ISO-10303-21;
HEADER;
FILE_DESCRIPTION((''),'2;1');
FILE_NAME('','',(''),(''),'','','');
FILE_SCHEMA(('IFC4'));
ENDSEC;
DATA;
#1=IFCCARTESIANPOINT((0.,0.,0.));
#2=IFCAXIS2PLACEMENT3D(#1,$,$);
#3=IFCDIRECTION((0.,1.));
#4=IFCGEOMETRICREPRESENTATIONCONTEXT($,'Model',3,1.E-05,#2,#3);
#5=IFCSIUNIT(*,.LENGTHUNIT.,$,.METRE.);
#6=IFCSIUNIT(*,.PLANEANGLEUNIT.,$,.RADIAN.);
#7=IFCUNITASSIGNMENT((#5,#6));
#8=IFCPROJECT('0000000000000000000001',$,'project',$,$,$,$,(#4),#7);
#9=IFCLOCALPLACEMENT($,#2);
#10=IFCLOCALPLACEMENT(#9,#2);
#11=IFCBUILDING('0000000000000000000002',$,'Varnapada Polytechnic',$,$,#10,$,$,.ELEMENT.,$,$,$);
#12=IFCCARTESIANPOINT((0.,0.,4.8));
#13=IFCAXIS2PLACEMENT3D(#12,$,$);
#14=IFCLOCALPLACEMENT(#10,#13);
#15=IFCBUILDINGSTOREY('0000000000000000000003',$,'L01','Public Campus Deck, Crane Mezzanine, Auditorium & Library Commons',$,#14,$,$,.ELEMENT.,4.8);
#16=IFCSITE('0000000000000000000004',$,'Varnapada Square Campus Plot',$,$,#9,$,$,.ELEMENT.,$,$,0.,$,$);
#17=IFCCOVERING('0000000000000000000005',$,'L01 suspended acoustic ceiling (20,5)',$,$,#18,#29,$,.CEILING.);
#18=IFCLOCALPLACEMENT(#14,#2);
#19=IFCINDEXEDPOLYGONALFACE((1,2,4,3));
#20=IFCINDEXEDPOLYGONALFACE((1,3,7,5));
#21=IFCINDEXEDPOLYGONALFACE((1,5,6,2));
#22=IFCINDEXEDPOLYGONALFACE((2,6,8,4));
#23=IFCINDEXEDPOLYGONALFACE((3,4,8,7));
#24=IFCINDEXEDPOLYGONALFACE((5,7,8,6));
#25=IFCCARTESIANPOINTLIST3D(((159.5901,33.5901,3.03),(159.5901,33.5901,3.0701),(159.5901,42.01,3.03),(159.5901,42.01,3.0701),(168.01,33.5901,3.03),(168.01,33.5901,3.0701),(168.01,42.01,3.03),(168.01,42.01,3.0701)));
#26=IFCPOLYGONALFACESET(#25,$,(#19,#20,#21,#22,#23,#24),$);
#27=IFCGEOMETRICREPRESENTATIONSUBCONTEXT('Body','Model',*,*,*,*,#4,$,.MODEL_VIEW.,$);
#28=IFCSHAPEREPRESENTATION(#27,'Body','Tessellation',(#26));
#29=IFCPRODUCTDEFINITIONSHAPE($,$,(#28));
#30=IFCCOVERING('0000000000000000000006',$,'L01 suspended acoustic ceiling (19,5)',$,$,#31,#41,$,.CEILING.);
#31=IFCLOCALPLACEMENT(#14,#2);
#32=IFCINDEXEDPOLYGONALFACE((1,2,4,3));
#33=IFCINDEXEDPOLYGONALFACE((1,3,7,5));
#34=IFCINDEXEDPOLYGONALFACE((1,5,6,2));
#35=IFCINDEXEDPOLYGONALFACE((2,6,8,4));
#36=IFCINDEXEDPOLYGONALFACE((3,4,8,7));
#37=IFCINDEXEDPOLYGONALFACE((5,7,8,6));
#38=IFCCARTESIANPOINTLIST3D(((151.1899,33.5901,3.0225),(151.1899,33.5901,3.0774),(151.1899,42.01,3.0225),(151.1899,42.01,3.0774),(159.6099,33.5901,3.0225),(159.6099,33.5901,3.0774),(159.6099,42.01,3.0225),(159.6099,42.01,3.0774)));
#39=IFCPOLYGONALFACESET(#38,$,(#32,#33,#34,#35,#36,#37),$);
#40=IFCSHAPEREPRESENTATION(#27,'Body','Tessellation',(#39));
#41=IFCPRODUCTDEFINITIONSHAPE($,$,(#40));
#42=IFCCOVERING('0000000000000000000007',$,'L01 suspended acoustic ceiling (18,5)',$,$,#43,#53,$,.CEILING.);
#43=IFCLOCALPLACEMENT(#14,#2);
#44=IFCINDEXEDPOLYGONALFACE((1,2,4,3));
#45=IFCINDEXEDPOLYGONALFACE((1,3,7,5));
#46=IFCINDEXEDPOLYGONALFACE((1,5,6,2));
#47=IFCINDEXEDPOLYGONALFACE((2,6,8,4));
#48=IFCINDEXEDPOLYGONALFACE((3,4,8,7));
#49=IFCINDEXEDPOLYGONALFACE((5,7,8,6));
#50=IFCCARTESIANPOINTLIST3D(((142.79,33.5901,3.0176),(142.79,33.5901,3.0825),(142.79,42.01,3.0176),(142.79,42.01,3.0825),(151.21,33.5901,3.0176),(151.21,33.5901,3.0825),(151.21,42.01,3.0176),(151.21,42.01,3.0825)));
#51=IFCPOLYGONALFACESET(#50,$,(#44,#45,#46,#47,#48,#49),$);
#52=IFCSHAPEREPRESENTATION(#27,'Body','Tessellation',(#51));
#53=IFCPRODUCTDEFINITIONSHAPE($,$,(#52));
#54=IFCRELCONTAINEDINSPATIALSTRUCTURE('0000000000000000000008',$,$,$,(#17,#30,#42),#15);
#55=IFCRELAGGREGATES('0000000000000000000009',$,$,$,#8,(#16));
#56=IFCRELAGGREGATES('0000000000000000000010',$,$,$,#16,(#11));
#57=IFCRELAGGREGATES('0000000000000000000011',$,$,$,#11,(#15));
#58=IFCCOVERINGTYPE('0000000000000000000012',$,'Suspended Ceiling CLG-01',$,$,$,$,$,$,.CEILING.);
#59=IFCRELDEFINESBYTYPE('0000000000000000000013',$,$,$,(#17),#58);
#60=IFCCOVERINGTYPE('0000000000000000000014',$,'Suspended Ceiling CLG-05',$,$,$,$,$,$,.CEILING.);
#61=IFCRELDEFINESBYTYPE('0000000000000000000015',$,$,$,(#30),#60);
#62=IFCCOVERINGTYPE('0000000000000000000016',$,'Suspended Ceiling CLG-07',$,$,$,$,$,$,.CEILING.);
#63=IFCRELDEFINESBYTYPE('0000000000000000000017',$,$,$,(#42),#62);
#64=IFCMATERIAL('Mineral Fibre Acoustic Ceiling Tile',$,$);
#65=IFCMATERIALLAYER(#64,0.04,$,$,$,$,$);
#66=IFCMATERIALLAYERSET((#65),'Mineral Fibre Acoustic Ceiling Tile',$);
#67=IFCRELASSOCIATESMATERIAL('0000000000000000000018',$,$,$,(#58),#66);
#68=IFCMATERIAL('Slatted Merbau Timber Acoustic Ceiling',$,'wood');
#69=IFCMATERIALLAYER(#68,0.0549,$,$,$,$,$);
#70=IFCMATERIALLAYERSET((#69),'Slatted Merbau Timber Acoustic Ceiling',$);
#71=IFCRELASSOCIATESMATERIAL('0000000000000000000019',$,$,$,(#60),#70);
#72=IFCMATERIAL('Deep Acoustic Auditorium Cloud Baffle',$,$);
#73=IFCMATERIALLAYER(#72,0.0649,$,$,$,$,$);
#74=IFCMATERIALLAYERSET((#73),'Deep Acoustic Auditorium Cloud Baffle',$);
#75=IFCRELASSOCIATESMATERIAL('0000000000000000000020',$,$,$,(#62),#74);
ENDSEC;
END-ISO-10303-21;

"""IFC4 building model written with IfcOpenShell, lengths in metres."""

from ifc_helpers import new_model, si_unit, direction, frame, origin, origin_2d, place, context, subcontext, project, spatial, rectangle, extrude, material, layer, layer_set, type_object, element, save


model = new_model("IFC4")

# Units and contexts
model_context = context("Model", 3, precision=1e-05, world=origin(), true_north=direction((0.0, 1.0)))
body_context = subcontext(model_context, "Body", "Model", "MODEL_VIEW")
ifc_project = project(units=[si_unit("LENGTHUNIT", "METRE"), si_unit("PLANEANGLEUNIT", "RADIAN")], contexts=[model_context])

# Site, building, storey
site_placement = place(None, origin())
site = spatial("IfcSite", under=ifc_project, at=site_placement, Name="Varnapada Square Campus Plot", CompositionType="ELEMENT", RefElevation=0.0)
building_placement = place(site_placement, origin())
building = spatial("IfcBuilding", under=site, at=building_placement, Name="Varnapada Polytechnic", CompositionType="ELEMENT")
storey_placement = place(building_placement, frame((0.0, 0.0, 4.8)))
storey = spatial("IfcBuildingStorey", under=building, at=storey_placement, Name="L01", Description="Public Campus Deck, Crane Mezzanine, Auditorium & Library Commons", CompositionType="ELEMENT", Elevation=4.8)

# Coverings
ifc_material_1 = material(Name="Mineral Fibre Acoustic Ceiling Tile")
ifc_layer_1 = layer(ifc_material_1, 0.04)
ifc_layer_set_1 = layer_set([ifc_layer_1], Name="Mineral Fibre Acoustic Ceiling Tile")
covering_type_1 = type_object("IfcCoveringType", Name="Suspended Ceiling CLG-01", PredefinedType="CEILING", material=ifc_layer_set_1)
covering_1_placement = place(storey_placement, frame((163.8, 37.8, 3.03), z_axis=(0.0, 0.0, 1.0), x_axis=(1.0, 0.0, 0.0)))
element("IfcCovering", 1, at=covering_1_placement, inside=storey, type_object=covering_type_1, Name="L01 suspended acoustic ceiling (20,5)", PredefinedType="CEILING", context=body_context, shape_type="SweptSolid", body=[
    extrude(rectangle(XDim=8.4199, YDim=8.4199, at=origin_2d()), origin(), (0.0, 0.0, 1.0), 0.04),
])
ifc_material_2 = material(Name="Slatted Merbau Timber Acoustic Ceiling", Category="wood")
ifc_layer_2 = layer(ifc_material_2, 0.0549)
ifc_layer_set_2 = layer_set([ifc_layer_2], Name="Slatted Merbau Timber Acoustic Ceiling")
covering_type_2 = type_object("IfcCoveringType", Name="Suspended Ceiling CLG-05", PredefinedType="CEILING", material=ifc_layer_set_2)
covering_2_placement = place(storey_placement, frame((155.3999, 37.8, 3.0225), z_axis=(0.0, 0.0, 1.0), x_axis=(1.0, 0.0, 0.0)))
element("IfcCovering", 2, at=covering_2_placement, inside=storey, type_object=covering_type_2, Name="L01 suspended acoustic ceiling (19,5)", PredefinedType="CEILING", context=body_context, shape_type="SweptSolid", body=[
    extrude(rectangle(XDim=8.4199, YDim=8.4199, at=origin_2d()), origin(), (0.0, 0.0, 1.0), 0.0549),
])
ifc_material_3 = material(Name="Deep Acoustic Auditorium Cloud Baffle")
ifc_layer_3 = layer(ifc_material_3, 0.0649)
ifc_layer_set_3 = layer_set([ifc_layer_3], Name="Deep Acoustic Auditorium Cloud Baffle")
covering_type_3 = type_object("IfcCoveringType", Name="Suspended Ceiling CLG-07", PredefinedType="CEILING", material=ifc_layer_set_3)
covering_3_placement = place(storey_placement, frame((147.0, 37.8, 3.0176), z_axis=(0.0, 0.0, 1.0), x_axis=(1.0, 0.0, 0.0)))
element("IfcCovering", 3, at=covering_3_placement, inside=storey, type_object=covering_type_3, Name="L01 suspended acoustic ceiling (18,5)", PredefinedType="CEILING", context=body_context, shape_type="SweptSolid", body=[
    extrude(rectangle(XDim=8.4199, YDim=8.4199, at=origin_2d()), origin(), (0.0, 0.0, 1.0), 0.0649),
])

save(model, "model.ifc")
